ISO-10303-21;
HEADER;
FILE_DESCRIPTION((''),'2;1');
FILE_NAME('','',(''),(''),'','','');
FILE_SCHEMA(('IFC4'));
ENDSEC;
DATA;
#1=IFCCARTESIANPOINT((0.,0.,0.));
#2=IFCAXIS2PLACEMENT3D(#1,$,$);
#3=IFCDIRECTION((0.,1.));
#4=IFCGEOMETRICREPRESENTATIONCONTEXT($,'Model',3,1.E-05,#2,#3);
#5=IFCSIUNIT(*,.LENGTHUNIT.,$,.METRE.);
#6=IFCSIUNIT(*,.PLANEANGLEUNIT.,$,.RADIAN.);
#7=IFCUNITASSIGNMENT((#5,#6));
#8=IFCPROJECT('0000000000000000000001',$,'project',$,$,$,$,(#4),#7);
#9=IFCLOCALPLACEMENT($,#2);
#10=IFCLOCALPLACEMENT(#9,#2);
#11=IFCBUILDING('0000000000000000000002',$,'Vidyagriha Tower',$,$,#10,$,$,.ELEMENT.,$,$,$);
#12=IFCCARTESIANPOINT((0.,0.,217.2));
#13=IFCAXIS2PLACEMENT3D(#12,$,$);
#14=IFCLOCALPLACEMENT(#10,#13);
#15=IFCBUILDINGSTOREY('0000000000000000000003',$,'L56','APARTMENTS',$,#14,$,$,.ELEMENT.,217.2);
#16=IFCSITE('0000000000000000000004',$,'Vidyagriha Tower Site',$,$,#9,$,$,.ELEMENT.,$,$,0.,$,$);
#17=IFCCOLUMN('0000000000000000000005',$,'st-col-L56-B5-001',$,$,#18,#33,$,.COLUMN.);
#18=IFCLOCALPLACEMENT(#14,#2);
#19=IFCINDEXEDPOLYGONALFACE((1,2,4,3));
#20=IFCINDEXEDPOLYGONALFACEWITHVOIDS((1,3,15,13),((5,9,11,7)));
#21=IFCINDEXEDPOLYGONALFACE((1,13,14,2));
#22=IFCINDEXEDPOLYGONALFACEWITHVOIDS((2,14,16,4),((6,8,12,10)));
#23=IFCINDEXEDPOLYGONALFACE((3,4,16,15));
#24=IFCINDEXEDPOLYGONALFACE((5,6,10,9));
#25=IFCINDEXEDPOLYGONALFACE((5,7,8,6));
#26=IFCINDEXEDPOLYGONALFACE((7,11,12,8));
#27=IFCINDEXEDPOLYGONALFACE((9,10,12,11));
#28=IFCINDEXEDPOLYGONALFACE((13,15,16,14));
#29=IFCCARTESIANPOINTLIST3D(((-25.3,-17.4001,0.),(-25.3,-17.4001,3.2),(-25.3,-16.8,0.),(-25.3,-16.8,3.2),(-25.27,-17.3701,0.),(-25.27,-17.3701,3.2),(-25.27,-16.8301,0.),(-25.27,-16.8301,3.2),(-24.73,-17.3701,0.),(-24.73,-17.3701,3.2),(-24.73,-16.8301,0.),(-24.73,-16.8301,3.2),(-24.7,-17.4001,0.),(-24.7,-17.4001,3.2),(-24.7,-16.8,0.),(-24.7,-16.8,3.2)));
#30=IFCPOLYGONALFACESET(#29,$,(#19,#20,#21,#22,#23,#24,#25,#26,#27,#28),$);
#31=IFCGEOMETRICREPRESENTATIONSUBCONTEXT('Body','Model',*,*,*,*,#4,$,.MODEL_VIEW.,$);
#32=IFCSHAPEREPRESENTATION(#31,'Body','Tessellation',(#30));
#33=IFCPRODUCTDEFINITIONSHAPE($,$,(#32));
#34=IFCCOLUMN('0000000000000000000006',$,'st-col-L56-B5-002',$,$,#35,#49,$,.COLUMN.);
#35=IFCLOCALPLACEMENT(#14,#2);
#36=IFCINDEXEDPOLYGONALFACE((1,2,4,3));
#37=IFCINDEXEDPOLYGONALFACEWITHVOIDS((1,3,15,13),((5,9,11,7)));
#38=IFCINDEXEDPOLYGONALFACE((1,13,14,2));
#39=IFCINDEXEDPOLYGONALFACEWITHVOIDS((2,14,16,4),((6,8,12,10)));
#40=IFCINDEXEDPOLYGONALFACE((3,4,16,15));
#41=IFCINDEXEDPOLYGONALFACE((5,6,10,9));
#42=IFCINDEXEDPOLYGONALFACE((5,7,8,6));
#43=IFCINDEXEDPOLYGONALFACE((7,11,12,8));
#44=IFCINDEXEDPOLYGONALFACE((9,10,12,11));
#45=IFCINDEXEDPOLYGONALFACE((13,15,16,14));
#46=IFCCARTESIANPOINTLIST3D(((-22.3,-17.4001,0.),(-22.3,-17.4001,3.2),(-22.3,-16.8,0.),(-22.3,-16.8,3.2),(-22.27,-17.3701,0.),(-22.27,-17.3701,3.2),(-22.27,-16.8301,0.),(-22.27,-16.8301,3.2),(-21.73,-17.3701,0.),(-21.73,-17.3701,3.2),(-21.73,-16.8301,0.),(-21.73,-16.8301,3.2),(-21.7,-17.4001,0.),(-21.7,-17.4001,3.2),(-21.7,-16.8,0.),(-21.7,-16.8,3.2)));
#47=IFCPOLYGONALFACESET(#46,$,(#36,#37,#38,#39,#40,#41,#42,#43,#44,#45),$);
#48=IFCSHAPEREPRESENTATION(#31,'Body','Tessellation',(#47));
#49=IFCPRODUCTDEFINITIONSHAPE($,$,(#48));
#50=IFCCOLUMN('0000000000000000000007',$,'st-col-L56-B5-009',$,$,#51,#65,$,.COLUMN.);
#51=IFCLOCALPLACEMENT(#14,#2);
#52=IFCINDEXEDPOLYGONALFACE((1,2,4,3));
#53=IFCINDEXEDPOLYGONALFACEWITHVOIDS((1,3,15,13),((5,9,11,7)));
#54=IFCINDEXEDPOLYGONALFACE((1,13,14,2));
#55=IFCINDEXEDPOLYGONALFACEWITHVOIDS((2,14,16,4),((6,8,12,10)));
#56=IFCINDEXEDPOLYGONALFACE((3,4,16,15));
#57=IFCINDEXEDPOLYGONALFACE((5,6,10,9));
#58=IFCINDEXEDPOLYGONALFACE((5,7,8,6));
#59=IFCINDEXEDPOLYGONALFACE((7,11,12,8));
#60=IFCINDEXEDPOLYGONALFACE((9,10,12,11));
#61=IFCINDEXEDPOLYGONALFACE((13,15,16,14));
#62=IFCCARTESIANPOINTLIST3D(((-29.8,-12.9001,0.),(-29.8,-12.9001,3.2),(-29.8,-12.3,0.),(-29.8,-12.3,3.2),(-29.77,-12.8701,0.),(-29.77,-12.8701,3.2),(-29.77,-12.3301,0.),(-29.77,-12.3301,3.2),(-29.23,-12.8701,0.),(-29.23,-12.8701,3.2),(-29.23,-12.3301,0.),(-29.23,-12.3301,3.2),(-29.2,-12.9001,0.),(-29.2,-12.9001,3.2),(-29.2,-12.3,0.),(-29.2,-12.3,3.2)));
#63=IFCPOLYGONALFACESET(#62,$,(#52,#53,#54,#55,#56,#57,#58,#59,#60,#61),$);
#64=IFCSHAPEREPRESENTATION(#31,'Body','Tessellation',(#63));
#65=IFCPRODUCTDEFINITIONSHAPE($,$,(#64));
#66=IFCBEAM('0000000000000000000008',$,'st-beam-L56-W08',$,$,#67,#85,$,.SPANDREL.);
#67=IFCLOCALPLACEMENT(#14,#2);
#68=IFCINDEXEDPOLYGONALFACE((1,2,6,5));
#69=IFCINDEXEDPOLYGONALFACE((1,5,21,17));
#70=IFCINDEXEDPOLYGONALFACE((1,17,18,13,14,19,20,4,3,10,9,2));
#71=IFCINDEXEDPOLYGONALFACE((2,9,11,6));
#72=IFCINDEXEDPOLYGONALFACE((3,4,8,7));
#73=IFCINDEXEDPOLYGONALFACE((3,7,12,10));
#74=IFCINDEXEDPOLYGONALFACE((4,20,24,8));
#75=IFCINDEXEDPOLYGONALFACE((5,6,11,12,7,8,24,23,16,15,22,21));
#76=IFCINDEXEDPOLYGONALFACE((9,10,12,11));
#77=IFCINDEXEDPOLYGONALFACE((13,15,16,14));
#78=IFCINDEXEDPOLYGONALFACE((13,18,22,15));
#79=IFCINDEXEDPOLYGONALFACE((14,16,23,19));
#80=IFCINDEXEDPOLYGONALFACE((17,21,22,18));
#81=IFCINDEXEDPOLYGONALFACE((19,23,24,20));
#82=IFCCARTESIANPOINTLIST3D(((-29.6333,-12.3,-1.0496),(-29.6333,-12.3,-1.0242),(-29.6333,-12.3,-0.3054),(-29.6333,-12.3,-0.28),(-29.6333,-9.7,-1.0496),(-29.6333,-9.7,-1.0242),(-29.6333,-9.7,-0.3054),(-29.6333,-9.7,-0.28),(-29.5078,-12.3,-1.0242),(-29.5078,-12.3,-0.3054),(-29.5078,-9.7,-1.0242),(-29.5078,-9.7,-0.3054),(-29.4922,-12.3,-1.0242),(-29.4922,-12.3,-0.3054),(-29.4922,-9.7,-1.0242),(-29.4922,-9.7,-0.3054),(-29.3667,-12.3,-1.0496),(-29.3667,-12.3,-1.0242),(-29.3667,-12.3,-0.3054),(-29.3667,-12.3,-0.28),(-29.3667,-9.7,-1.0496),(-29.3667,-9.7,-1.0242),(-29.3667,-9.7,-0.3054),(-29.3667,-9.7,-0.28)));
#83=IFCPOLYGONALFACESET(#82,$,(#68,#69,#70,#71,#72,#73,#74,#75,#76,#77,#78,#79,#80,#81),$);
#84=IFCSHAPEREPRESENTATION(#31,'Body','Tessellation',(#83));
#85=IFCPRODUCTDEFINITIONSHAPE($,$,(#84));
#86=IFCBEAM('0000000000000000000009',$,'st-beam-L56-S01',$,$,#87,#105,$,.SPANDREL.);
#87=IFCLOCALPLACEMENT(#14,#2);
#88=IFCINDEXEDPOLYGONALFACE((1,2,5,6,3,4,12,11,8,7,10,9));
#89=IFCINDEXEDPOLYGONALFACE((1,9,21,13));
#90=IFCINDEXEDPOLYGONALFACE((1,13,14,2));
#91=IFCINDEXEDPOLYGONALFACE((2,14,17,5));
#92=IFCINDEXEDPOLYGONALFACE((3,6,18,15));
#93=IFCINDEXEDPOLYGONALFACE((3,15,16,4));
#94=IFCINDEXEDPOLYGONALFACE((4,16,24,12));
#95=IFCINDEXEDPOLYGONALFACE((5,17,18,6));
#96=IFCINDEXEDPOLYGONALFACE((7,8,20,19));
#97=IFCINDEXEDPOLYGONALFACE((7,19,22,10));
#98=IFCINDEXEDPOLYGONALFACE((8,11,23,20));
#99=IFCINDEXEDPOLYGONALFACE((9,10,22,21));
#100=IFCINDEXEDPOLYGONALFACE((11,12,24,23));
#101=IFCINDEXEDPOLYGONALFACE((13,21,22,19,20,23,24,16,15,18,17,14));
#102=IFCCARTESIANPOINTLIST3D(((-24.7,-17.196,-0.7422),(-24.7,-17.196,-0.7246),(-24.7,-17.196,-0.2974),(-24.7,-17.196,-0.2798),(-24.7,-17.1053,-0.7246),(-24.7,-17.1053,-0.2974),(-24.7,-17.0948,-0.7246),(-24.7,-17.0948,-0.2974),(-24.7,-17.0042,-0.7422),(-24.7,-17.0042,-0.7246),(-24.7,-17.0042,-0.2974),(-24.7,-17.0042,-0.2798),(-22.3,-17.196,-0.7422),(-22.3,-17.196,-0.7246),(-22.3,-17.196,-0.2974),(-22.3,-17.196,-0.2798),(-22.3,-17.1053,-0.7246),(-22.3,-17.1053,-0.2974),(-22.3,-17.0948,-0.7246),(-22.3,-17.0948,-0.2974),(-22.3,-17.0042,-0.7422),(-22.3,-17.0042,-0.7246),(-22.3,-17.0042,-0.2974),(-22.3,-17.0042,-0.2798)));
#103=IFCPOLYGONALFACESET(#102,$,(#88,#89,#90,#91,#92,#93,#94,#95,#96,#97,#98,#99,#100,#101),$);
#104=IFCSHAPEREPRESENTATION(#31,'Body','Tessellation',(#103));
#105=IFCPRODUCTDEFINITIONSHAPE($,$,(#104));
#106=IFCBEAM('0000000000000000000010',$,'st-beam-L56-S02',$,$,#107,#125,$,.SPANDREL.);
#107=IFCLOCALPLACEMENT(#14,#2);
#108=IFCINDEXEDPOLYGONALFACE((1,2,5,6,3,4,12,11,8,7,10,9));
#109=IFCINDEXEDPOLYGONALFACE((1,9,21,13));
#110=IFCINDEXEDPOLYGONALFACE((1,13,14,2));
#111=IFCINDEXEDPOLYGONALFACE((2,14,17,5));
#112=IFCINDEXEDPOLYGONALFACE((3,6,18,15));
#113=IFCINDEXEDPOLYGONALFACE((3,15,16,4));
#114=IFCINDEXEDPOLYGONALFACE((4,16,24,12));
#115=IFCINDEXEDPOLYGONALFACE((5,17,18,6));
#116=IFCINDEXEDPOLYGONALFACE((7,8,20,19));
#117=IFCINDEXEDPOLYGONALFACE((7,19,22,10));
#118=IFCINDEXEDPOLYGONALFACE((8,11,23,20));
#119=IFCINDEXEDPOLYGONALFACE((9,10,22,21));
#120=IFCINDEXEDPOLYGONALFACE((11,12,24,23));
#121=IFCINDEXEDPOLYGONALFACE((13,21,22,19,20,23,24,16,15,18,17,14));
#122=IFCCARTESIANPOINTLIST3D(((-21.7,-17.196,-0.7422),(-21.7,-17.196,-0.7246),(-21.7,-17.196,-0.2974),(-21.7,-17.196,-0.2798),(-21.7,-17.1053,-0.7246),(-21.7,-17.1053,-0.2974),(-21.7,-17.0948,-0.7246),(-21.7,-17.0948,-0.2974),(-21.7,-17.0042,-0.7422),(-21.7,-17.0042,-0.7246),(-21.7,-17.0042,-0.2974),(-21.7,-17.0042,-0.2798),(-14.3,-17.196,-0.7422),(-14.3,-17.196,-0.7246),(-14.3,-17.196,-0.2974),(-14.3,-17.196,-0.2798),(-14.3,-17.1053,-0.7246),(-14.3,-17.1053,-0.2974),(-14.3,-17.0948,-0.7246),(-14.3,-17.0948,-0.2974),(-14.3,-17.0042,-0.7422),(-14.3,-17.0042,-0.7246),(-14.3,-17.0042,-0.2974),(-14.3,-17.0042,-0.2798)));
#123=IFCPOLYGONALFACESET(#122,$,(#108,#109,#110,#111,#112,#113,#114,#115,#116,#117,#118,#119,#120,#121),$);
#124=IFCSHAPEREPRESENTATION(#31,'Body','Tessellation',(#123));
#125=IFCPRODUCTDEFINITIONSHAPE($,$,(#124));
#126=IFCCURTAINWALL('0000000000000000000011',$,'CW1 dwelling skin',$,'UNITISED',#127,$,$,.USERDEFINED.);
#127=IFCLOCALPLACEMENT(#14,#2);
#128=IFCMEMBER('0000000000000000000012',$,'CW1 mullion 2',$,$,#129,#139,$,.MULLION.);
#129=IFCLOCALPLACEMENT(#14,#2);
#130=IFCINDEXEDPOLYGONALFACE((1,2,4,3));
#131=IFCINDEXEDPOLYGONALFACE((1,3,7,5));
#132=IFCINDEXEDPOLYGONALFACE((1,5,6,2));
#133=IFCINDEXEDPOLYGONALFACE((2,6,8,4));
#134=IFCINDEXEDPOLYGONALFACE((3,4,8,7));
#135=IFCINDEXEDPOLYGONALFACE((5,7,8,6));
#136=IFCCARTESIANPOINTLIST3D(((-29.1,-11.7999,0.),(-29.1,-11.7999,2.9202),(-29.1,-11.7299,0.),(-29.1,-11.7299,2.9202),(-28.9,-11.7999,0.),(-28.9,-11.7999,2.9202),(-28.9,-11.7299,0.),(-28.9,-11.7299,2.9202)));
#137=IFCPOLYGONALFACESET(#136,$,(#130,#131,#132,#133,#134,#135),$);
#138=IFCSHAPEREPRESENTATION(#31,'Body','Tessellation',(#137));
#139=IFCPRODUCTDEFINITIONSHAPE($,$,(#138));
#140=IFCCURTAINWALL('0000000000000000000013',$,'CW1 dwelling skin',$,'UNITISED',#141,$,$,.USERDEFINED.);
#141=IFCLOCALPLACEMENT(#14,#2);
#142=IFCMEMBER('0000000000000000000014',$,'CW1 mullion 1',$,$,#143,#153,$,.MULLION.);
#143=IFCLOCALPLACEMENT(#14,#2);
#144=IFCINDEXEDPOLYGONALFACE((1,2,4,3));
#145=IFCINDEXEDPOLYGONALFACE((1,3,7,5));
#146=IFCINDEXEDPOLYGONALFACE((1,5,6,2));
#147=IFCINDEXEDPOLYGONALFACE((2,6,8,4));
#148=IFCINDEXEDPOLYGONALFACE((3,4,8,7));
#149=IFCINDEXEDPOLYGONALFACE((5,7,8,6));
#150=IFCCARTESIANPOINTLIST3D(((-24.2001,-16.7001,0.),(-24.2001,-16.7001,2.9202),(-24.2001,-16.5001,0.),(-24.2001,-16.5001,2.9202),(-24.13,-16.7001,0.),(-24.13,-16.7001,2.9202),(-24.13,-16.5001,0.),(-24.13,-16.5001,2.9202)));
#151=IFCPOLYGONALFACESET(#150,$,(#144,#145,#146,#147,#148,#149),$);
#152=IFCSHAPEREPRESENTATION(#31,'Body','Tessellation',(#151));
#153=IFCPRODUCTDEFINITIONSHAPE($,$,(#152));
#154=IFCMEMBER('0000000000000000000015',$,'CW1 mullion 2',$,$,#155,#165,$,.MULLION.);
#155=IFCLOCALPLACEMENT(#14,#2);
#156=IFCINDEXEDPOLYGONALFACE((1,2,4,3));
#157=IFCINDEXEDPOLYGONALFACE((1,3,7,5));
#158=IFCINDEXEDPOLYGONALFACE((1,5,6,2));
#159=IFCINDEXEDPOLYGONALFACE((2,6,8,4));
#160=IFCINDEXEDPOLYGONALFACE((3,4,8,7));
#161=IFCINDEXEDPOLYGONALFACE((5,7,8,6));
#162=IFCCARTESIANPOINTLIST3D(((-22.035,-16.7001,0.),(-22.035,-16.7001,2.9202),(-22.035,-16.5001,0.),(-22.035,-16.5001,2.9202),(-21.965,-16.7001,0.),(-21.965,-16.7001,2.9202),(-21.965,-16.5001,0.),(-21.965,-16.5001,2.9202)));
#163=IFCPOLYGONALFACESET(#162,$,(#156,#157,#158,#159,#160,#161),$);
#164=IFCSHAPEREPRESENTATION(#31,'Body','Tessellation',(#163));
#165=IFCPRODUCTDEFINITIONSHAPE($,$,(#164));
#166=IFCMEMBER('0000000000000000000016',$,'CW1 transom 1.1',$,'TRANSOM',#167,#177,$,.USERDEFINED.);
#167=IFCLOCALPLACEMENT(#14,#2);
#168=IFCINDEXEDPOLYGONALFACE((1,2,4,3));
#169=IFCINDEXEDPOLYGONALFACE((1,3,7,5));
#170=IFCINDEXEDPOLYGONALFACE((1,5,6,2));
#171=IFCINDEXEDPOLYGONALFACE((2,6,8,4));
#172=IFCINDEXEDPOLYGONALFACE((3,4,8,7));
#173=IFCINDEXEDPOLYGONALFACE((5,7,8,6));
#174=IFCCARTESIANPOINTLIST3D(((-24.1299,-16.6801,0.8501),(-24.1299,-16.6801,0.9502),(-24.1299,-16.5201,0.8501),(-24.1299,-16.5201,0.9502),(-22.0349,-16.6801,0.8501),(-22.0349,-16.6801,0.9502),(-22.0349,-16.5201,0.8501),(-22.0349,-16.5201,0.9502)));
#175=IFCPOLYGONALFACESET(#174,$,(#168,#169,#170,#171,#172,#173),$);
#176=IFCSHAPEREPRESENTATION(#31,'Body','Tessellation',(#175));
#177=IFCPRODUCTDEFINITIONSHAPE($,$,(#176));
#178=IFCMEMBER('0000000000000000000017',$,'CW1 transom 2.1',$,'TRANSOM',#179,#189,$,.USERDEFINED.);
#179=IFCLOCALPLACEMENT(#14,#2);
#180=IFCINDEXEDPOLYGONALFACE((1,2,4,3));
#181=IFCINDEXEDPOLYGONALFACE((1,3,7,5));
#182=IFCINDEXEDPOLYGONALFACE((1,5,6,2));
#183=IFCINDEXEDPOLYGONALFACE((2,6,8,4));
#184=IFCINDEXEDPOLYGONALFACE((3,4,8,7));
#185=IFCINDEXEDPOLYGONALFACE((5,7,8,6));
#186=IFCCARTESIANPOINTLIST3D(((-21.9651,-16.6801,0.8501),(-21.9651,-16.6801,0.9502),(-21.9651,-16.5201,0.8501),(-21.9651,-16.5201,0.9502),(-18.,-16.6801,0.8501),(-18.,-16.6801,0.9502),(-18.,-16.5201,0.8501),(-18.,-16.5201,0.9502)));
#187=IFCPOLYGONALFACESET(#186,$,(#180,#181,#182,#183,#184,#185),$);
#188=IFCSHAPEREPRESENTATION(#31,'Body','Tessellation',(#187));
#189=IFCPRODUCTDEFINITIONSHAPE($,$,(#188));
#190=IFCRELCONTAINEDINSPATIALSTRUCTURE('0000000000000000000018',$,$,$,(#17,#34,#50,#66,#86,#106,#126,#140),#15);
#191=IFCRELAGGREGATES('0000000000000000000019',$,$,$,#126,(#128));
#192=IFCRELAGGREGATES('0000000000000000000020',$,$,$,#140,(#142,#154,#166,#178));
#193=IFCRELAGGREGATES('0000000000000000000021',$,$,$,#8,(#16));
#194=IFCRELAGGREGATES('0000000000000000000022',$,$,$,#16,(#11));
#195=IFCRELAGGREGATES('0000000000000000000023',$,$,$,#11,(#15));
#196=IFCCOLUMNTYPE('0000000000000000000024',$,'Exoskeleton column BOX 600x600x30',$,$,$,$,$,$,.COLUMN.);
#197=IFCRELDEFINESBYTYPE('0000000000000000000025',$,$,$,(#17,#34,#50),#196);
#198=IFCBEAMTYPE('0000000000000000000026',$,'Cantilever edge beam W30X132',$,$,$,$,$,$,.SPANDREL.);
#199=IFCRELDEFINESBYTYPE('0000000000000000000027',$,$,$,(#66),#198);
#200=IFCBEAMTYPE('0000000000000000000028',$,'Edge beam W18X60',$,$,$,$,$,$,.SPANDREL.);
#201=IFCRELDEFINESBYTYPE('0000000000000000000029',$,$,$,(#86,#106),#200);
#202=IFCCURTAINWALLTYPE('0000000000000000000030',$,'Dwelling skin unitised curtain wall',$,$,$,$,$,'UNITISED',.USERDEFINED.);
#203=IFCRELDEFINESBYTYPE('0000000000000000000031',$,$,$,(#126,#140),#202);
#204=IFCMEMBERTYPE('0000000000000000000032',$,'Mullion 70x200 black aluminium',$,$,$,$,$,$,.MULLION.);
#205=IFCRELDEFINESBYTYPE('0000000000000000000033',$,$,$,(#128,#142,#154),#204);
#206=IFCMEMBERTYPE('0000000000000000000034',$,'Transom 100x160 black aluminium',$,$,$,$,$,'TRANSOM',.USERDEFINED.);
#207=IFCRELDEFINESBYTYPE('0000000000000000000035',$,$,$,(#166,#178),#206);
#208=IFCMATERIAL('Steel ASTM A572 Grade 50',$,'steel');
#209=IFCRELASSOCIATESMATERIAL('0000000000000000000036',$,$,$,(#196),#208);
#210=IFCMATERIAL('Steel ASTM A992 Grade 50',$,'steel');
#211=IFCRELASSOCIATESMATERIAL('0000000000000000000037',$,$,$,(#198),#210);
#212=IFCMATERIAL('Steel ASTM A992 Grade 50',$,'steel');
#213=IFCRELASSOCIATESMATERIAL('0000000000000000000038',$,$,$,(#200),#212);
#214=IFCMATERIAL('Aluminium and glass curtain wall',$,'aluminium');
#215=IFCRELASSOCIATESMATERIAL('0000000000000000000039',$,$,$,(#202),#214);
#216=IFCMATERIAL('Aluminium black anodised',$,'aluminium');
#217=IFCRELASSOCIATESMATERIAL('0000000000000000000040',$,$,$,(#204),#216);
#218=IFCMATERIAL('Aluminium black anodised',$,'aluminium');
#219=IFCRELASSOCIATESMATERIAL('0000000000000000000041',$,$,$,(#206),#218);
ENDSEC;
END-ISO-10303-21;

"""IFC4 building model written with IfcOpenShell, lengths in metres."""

from ifc_helpers import new_model, si_unit, direction, frame, origin, origin_2d, place, context, subcontext, project, spatial, rectangle, hollow_rectangle, i_section, extrude, material, material_profile, profile_set, type_object, element, aggregate, save


model = new_model("IFC4")

# Units and contexts
model_context = context("Model", 3, precision=1e-05, world=origin(), true_north=direction((0.0, 1.0)))
body_context = subcontext(model_context, "Body", "Model", "MODEL_VIEW")
ifc_project = project(units=[si_unit("LENGTHUNIT", "METRE"), si_unit("PLANEANGLEUNIT", "RADIAN")], contexts=[model_context])

# Site, building, storey
site_placement = place(None, origin())
site = spatial("IfcSite", under=ifc_project, at=site_placement, Name="Vidyagriha Tower Site", CompositionType="ELEMENT", RefElevation=0.0)
building_placement = place(site_placement, origin())
building = spatial("IfcBuilding", under=site, at=building_placement, Name="Vidyagriha Tower", CompositionType="ELEMENT")
storey_placement = place(building_placement, frame((0.0, 0.0, 217.2)))
storey = spatial("IfcBuildingStorey", under=building, at=storey_placement, Name="L56", Description="APARTMENTS", CompositionType="ELEMENT", Elevation=217.2)

# Columns
ifc_material_1 = material(Name="Steel ASTM A572 Grade 50", Category="steel")
ifc_material_profile_1 = material_profile(ifc_material_1, hollow_rectangle(XDim=0.6001, YDim=0.6001, WallThickness=0.03, at=origin_2d()), Name="BOX 600x600x30")
ifc_profile_set_1 = profile_set([ifc_material_profile_1], Name="Steel ASTM A572 Grade 50")
column_type = type_object("IfcColumnType", Name="Exoskeleton column BOX 600x600x30", PredefinedType="COLUMN", material=ifc_profile_set_1)
for number, where, name in (
    (1, (-25.0, -17.1001, 0.0), "st-col-L56-B5-001"),
    (2, (-22.0, -17.1001, 0.0), "st-col-L56-B5-002"),
    (3, (-29.5, -12.6001, 0.0), "st-col-L56-B5-009"),
):
    element("IfcColumn", number, at=place(storey_placement, frame(where)), inside=storey, type_object=column_type, Name=name, PredefinedType="COLUMN", context=body_context, shape_type="SweptSolid", body=[
        extrude(hollow_rectangle(XDim=0.6001, YDim=0.6001, WallThickness=0.03, at=origin_2d()), origin(), (0.0, 0.0, 1.0), 3.2),
    ])

# Beams
ifc_material_2 = material(Name="Steel ASTM A992 Grade 50", Category="steel")
ifc_material_profile_2 = material_profile(ifc_material_2, i_section(OverallWidth=0.2666, OverallDepth=0.7695, WebThickness=0.0156, FlangeThickness=0.0254, at=origin_2d()), Name="W30X132")
ifc_profile_set_2 = profile_set([ifc_material_profile_2], Name="Steel ASTM A992 Grade 50")
beam_type_1 = type_object("IfcBeamType", Name="Cantilever edge beam W30X132", PredefinedType="SPANDREL", material=ifc_profile_set_2)
beam_1_placement = place(storey_placement, frame((-29.5, -12.3, -0.6648), z_axis=(0.0, 1.0, 0.0), x_axis=(-1.0, 0.0, 0.0)))
element("IfcBeam", 4, at=beam_1_placement, inside=storey, type_object=beam_type_1, Name="st-beam-L56-W08", PredefinedType="SPANDREL", context=body_context, shape_type="SweptSolid", body=[
    extrude(i_section(OverallWidth=0.2666, OverallDepth=0.7695, WebThickness=0.0156, FlangeThickness=0.0254, at=origin_2d()), origin(), (0.0, 0.0, 1.0), 2.6001),
])
ifc_material_3 = material(Name="Steel ASTM A992 Grade 50", Category="steel")
ifc_material_profile_3 = material_profile(ifc_material_3, i_section(OverallWidth=0.1919, OverallDepth=0.4624, WebThickness=0.0105, FlangeThickness=0.0176, at=origin_2d()), Name="W18X60")
ifc_profile_set_3 = profile_set([ifc_material_profile_3], Name="Steel ASTM A992 Grade 50")
beam_type_2 = type_object("IfcBeamType", Name="Edge beam W18X60", PredefinedType="SPANDREL", material=ifc_profile_set_3)
beam_2_placement = place(storey_placement, frame((-24.7, -17.1001, -0.511), z_axis=(1.0, 0.0, 0.0), x_axis=(0.0, 1.0, 0.0)))
element("IfcBeam", 5, at=beam_2_placement, inside=storey, type_object=beam_type_2, Name="st-beam-L56-S01", PredefinedType="SPANDREL", context=body_context, shape_type="SweptSolid", body=[
    extrude(i_section(OverallWidth=0.1919, OverallDepth=0.4624, WebThickness=0.0105, FlangeThickness=0.0176, at=origin_2d()), origin(), (0.0, 0.0, 1.0), 2.3999),
])
beam_3_placement = place(storey_placement, frame((-21.7, -17.1001, -0.511), z_axis=(1.0, 0.0, 0.0), x_axis=(0.0, 1.0, 0.0)))
element("IfcBeam", 6, at=beam_3_placement, inside=storey, type_object=beam_type_2, Name="st-beam-L56-S02", PredefinedType="SPANDREL", context=body_context, shape_type="SweptSolid", body=[
    extrude(i_section(OverallWidth=0.1919, OverallDepth=0.4624, WebThickness=0.0105, FlangeThickness=0.0176, at=origin_2d()), origin(), (0.0, 0.0, 1.0), 7.3999),
])

# Curtain wall, member
ifc_material_4 = material(Name="Aluminium and glass curtain wall", Category="aluminium")
curtain_wall_type = type_object("IfcCurtainWallType", Name="Dwelling skin unitised curtain wall", ElementType="UNITISED", PredefinedType="USERDEFINED", material=ifc_material_4)
curtain_wall_1_placement = place(storey_placement, origin())
curtain_wall_1 = element("IfcCurtainWall", 7, at=curtain_wall_1_placement, inside=storey, type_object=curtain_wall_type, Name="CW1 dwelling skin", ObjectType="UNITISED", PredefinedType="USERDEFINED")
ifc_material_5 = material(Name="Aluminium black anodised", Category="aluminium")
ifc_material_profile_4 = material_profile(ifc_material_5, rectangle(XDim=0.2, YDim=0.0701, at=origin_2d()), Name="Mullion 70x200 black aluminium")
ifc_profile_set_4 = profile_set([ifc_material_profile_4], Name="Aluminium black anodised")
member_type_1 = type_object("IfcMemberType", Name="Mullion 70x200 black aluminium", PredefinedType="MULLION", material=ifc_profile_set_4)
member_1_placement = place(storey_placement, frame((-29.0, -11.7649, 0.0)))
member_1 = element("IfcMember", 8, at=member_1_placement, type_object=member_type_1, Name="CW1 mullion 2", PredefinedType="MULLION", context=body_context, shape_type="SweptSolid", body=[
    extrude(rectangle(XDim=0.2, YDim=0.0701, at=origin_2d()), origin(), (0.0, 0.0, 1.0), 2.9202),
])
aggregate(curtain_wall_1, [member_1])

# Curtain wall, members
curtain_wall_2_placement = place(storey_placement, origin())
curtain_wall_2 = element("IfcCurtainWall", 9, at=curtain_wall_2_placement, inside=storey, type_object=curtain_wall_type, Name="CW1 dwelling skin", ObjectType="UNITISED", PredefinedType="USERDEFINED")
member_2_placement = place(storey_placement, frame((-24.165, -16.6001, 0.0), z_axis=(0.0, 0.0, 1.0), x_axis=(0.0, 1.0, 0.0)))
member_2 = element("IfcMember", 10, at=member_2_placement, type_object=member_type_1, Name="CW1 mullion 1", PredefinedType="MULLION", context=body_context, shape_type="SweptSolid", body=[
    extrude(rectangle(XDim=0.2, YDim=0.0701, at=origin_2d()), origin(), (0.0, 0.0, 1.0), 2.9202),
])
member_3_placement = place(storey_placement, frame((-22.0, -16.6001, 0.0), z_axis=(0.0, 0.0, 1.0), x_axis=(0.0, 1.0, 0.0)))
member_3 = element("IfcMember", 11, at=member_3_placement, type_object=member_type_1, Name="CW1 mullion 2", PredefinedType="MULLION", context=body_context, shape_type="SweptSolid", body=[
    extrude(rectangle(XDim=0.2, YDim=0.0701, at=origin_2d()), origin(), (0.0, 0.0, 1.0), 2.9202),
])
ifc_material_6 = material(Name="Aluminium black anodised", Category="aluminium")
ifc_material_profile_5 = material_profile(ifc_material_6, rectangle(XDim=0.1599, YDim=0.1001, at=origin_2d()), Name="Transom 100x160 black aluminium")
ifc_profile_set_5 = profile_set([ifc_material_profile_5], Name="Aluminium black anodised")
member_type_2 = type_object("IfcMemberType", Name="Transom 100x160 black aluminium", ElementType="TRANSOM", PredefinedType="USERDEFINED", material=ifc_profile_set_5)
member_4_placement = place(storey_placement, frame((-24.1299, -16.6001, 0.9001), z_axis=(1.0, 0.0, 0.0), x_axis=(0.0, 1.0, 0.0)))
member_4 = element("IfcMember", 12, at=member_4_placement, type_object=member_type_2, Name="CW1 transom 1.1", ObjectType="TRANSOM", PredefinedType="USERDEFINED", context=body_context, shape_type="SweptSolid", body=[
    extrude(rectangle(XDim=0.1599, YDim=0.1001, at=origin_2d()), origin(), (0.0, 0.0, 1.0), 2.095),
])
member_5_placement = place(storey_placement, frame((-21.9651, -16.6001, 0.9001), z_axis=(1.0, 0.0, 0.0), x_axis=(0.0, 1.0, 0.0)))
member_5 = element("IfcMember", 13, at=member_5_placement, type_object=member_type_2, Name="CW1 transom 2.1", ObjectType="TRANSOM", PredefinedType="USERDEFINED", context=body_context, shape_type="SweptSolid", body=[
    extrude(rectangle(XDim=0.1599, YDim=0.1001, at=origin_2d()), origin(), (0.0, 0.0, 1.0), 3.9651),
])
aggregate(curtain_wall_2, [member_2, member_3, member_4, member_5])

save(model, "model.ifc")
